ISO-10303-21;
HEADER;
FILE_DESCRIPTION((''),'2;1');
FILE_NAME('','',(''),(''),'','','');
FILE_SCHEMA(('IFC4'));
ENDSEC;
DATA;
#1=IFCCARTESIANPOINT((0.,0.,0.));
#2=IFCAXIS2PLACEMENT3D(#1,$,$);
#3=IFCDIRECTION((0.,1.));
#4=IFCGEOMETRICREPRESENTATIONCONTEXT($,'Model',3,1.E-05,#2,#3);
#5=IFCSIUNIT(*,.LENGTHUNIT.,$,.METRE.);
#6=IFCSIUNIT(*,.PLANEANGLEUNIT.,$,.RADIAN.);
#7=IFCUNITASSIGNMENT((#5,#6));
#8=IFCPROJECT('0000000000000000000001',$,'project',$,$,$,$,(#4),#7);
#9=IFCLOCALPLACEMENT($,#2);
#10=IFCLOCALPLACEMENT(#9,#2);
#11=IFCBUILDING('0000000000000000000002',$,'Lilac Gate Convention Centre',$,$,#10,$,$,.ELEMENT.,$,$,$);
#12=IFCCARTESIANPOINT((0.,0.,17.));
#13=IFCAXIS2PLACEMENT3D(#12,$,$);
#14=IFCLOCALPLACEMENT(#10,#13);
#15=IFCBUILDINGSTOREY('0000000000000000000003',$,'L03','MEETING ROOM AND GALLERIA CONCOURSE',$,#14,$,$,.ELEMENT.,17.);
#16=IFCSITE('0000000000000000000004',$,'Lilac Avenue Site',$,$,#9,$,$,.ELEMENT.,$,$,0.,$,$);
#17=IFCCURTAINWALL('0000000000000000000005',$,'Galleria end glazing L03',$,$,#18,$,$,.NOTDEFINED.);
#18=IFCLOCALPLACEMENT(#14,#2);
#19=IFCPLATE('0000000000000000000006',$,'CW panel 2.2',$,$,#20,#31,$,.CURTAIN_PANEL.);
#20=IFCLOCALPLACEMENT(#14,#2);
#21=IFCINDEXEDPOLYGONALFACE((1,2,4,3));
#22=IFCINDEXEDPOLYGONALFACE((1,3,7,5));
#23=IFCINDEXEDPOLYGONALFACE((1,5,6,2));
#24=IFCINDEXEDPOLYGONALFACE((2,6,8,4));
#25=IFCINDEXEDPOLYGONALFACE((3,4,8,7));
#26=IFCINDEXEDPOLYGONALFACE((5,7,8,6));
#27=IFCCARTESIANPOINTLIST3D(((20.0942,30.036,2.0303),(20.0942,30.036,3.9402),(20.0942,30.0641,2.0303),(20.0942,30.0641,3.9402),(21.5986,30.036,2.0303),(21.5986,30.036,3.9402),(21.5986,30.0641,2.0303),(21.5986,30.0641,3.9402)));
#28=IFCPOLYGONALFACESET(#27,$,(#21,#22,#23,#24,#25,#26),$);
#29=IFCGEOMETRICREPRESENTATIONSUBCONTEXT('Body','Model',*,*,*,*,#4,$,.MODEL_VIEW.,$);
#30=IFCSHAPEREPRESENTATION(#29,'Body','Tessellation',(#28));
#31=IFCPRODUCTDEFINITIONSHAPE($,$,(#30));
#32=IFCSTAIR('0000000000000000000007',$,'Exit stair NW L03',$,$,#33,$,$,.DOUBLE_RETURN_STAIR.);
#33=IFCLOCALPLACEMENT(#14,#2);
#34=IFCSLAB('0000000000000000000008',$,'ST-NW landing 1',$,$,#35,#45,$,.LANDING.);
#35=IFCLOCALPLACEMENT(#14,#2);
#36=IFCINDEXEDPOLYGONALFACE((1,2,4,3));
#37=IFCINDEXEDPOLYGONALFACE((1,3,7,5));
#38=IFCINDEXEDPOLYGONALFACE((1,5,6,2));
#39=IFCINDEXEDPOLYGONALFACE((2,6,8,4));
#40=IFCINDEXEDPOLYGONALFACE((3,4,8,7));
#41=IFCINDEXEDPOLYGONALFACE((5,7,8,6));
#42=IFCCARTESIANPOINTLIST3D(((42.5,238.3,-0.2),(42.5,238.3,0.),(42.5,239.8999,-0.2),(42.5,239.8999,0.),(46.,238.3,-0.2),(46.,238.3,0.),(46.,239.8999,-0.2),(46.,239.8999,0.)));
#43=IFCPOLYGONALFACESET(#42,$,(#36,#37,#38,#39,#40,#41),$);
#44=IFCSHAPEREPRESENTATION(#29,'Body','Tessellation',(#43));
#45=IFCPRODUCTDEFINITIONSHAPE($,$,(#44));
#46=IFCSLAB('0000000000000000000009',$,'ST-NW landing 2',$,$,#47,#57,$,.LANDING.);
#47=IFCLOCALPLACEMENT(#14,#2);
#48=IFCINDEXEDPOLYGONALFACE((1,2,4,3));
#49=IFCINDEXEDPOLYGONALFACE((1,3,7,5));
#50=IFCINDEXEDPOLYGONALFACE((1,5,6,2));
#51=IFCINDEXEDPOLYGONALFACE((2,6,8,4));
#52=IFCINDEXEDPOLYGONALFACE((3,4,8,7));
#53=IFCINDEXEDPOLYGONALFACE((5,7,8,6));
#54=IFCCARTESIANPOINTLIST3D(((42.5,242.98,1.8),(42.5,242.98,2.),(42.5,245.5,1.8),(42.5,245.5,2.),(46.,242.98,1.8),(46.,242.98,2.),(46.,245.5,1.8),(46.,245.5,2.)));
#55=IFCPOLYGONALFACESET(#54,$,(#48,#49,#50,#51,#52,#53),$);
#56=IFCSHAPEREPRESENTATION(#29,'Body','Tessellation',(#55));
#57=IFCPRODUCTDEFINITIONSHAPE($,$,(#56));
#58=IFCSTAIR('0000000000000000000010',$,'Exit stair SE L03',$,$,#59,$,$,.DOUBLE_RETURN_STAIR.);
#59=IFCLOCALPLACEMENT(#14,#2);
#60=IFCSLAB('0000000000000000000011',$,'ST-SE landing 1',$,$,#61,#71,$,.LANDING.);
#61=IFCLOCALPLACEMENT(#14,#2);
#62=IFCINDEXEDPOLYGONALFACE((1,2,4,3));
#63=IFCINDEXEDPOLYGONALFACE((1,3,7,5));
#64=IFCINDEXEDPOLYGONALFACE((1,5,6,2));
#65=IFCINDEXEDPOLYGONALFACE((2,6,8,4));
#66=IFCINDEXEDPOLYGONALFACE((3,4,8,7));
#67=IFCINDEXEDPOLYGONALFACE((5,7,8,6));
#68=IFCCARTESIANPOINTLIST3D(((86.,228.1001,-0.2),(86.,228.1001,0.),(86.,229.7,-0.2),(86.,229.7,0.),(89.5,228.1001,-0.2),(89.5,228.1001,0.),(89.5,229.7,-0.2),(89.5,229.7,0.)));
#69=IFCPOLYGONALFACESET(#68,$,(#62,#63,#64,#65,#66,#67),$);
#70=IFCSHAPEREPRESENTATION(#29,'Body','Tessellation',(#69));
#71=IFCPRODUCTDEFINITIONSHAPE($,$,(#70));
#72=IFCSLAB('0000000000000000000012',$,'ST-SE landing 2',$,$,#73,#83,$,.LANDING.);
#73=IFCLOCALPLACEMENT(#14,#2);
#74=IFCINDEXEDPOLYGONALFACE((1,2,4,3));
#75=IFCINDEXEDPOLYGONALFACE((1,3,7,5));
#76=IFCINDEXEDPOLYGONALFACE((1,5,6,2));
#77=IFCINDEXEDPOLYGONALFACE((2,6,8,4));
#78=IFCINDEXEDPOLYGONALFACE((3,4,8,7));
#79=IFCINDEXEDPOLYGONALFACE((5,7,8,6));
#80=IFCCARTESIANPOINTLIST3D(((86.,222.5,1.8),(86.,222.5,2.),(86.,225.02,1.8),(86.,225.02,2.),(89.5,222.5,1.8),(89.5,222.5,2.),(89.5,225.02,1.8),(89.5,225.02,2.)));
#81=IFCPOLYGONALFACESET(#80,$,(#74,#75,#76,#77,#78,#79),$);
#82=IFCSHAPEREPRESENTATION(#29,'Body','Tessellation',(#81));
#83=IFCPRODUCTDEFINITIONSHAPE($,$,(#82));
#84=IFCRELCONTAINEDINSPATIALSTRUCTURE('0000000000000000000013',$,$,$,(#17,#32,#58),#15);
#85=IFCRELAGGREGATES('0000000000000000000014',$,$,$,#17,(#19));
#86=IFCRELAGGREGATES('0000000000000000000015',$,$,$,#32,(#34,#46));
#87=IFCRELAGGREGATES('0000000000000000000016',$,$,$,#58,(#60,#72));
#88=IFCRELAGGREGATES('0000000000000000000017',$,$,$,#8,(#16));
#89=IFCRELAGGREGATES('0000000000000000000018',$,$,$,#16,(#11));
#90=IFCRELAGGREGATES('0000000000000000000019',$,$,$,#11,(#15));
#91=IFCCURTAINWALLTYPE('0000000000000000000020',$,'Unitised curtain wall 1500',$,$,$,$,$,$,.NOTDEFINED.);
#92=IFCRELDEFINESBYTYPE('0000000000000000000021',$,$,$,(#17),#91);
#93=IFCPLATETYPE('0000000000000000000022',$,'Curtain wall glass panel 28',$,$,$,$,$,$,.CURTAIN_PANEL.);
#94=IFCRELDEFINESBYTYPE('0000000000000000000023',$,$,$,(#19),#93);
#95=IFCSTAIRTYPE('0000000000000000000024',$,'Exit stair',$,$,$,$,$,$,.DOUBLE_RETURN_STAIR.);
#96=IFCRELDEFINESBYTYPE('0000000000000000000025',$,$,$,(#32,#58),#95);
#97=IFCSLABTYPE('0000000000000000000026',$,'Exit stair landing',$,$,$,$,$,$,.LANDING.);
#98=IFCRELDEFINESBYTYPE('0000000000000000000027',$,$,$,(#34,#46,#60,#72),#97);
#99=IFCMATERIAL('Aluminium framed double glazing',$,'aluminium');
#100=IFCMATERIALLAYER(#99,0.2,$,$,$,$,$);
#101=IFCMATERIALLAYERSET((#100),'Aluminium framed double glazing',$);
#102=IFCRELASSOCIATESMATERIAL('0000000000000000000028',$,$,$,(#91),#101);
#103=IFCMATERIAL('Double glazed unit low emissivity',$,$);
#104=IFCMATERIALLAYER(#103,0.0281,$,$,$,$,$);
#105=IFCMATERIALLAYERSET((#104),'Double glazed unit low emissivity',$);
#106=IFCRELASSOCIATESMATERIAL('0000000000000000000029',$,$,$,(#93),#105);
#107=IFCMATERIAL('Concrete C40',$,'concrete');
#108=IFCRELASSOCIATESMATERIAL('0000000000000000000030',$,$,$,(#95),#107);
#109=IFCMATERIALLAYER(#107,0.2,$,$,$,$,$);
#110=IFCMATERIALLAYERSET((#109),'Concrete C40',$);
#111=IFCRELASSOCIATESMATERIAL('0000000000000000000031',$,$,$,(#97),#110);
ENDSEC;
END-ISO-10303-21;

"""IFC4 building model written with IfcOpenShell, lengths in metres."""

from ifc_helpers import new_model, si_unit, direction, frame, origin, origin_2d, place, context, subcontext, project, spatial, polyline, rectangle, outline, extrude, material, layer, layer_set, type_object, element, aggregate, save


model = new_model("IFC4")

# Units and contexts
model_context = context("Model", 3, precision=1e-05, world=origin(), true_north=direction((0.0, 1.0)))
body_context = subcontext(model_context, "Body", "Model", "MODEL_VIEW")
ifc_project = project(units=[si_unit("LENGTHUNIT", "METRE"), si_unit("PLANEANGLEUNIT", "RADIAN")], contexts=[model_context])

# Site, building, storey
site_placement = place(None, origin())
site = spatial("IfcSite", under=ifc_project, at=site_placement, Name="Lilac Avenue Site", CompositionType="ELEMENT", RefElevation=0.0)
building_placement = place(site_placement, origin())
building = spatial("IfcBuilding", under=site, at=building_placement, Name="Lilac Gate Convention Centre", CompositionType="ELEMENT")
storey_placement = place(building_placement, frame((0.0, 0.0, 17.0)))
storey = spatial("IfcBuildingStorey", under=building, at=storey_placement, Name="L03", Description="MEETING ROOM AND GALLERIA CONCOURSE", CompositionType="ELEMENT", Elevation=17.0)

# Shared definitions
ifc_material_1 = material(Name="Concrete C40", Category="concrete")

# Curtain wall
ifc_material_2 = material(Name="Aluminium framed double glazing", Category="aluminium")
ifc_layer_1 = layer(ifc_material_2, 0.2)
ifc_layer_set_1 = layer_set([ifc_layer_1], Name="Aluminium framed double glazing")
curtain_wall_type = type_object("IfcCurtainWallType", Name="Unitised curtain wall 1500", PredefinedType="NOTDEFINED", material=ifc_layer_set_1)
curtain_wall_placement = place(storey_placement, origin())
curtain_wall = element("IfcCurtainWall", 1, at=curtain_wall_placement, inside=storey, type_object=curtain_wall_type, Name="Galleria end glazing L03", PredefinedType="NOTDEFINED")

# Plate
ifc_material_3 = material(Name="Double glazed unit low emissivity")
ifc_layer_2 = layer(ifc_material_3, 0.0281)
ifc_layer_set_2 = layer_set([ifc_layer_2], Name="Double glazed unit low emissivity")
plate_type = type_object("IfcPlateType", Name="Curtain wall glass panel 28", PredefinedType="CURTAIN_PANEL", material=ifc_layer_set_2)
plate_1_placement = place(storey_placement, frame((20.8464, 30.05, 2.0303), z_axis=(0.0, 0.0, 1.0), x_axis=(1.0, 0.0, 0.0)))
plate_1 = element("IfcPlate", 2, at=plate_1_placement, type_object=plate_type, Name="CW panel 2.2", PredefinedType="CURTAIN_PANEL", context=body_context, shape_type="SweptSolid", body=[
    extrude(rectangle(XDim=1.5044, YDim=0.0281, at=origin_2d()), origin(), (0.0, 0.0, 1.0), 1.9099),
])
aggregate(curtain_wall, [plate_1])

# Stairs, slabs
stair_type = type_object("IfcStairType", Name="Exit stair", PredefinedType="DOUBLE_RETURN_STAIR", material=ifc_material_1)
stair_1_placement = place(storey_placement, origin())
stair_1 = element("IfcStair", 3, at=stair_1_placement, inside=storey, type_object=stair_type, Name="Exit stair NW L03", PredefinedType="DOUBLE_RETURN_STAIR")
ifc_layer_3 = layer(ifc_material_1, 0.2)
ifc_layer_set_3 = layer_set([ifc_layer_3], Name="Concrete C40")
slab_type_1 = type_object("IfcSlabType", Name="Exit stair landing", PredefinedType="LANDING", material=ifc_layer_set_3)
slab_1_placement = place(storey_placement, frame((0.0, 0.0, -0.2)))
slab_1 = element("IfcSlab", 4, at=slab_1_placement, type_object=slab_type_1, Name="ST-NW landing 1", PredefinedType="LANDING", context=body_context, shape_type="SweptSolid", body=[
    extrude(outline(polyline([(42.5, 238.3), (46.0, 238.3), (46.0, 239.8999), (42.5, 239.8999), (42.5, 238.3)])), origin(), (0.0, 0.0, 1.0), 0.2),
])
slab_2_placement = place(storey_placement, frame((0.0, 0.0, 1.8)))
slab_2 = element("IfcSlab", 5, at=slab_2_placement, type_object=slab_type_1, Name="ST-NW landing 2", PredefinedType="LANDING", context=body_context, shape_type="SweptSolid", body=[
    extrude(outline(polyline([(42.5, 242.98), (46.0, 242.98), (46.0, 245.5), (42.5, 245.5), (42.5, 242.98)])), origin(), (0.0, 0.0, 1.0), 0.2),
])
aggregate(stair_1, [slab_1, slab_2])
stair_2_placement = place(storey_placement, origin())
stair_2 = element("IfcStair", 6, at=stair_2_placement, inside=storey, type_object=stair_type, Name="Exit stair SE L03", PredefinedType="DOUBLE_RETURN_STAIR")
slab_3_placement = place(storey_placement, frame((0.0, 0.0, -0.2)))
slab_3 = element("IfcSlab", 7, at=slab_3_placement, type_object=slab_type_1, Name="ST-SE landing 1", PredefinedType="LANDING", context=body_context, shape_type="SweptSolid", body=[
    extrude(outline(polyline([(86.0, 228.1001), (89.5, 228.1001), (89.5, 229.7), (86.0, 229.7), (86.0, 228.1001)])), origin(), (0.0, 0.0, 1.0), 0.2),
])
slab_4_placement = place(storey_placement, frame((0.0, 0.0, 1.8)))
slab_4 = element("IfcSlab", 8, at=slab_4_placement, type_object=slab_type_1, Name="ST-SE landing 2", PredefinedType="LANDING", context=body_context, shape_type="SweptSolid", body=[
    extrude(outline(polyline([(86.0, 222.5), (89.5, 222.5), (89.5, 225.02), (86.0, 225.02), (86.0, 222.5)])), origin(), (0.0, 0.0, 1.0), 0.2),
])
aggregate(stair_2, [slab_3, slab_4])

save(model, "model.ifc")
